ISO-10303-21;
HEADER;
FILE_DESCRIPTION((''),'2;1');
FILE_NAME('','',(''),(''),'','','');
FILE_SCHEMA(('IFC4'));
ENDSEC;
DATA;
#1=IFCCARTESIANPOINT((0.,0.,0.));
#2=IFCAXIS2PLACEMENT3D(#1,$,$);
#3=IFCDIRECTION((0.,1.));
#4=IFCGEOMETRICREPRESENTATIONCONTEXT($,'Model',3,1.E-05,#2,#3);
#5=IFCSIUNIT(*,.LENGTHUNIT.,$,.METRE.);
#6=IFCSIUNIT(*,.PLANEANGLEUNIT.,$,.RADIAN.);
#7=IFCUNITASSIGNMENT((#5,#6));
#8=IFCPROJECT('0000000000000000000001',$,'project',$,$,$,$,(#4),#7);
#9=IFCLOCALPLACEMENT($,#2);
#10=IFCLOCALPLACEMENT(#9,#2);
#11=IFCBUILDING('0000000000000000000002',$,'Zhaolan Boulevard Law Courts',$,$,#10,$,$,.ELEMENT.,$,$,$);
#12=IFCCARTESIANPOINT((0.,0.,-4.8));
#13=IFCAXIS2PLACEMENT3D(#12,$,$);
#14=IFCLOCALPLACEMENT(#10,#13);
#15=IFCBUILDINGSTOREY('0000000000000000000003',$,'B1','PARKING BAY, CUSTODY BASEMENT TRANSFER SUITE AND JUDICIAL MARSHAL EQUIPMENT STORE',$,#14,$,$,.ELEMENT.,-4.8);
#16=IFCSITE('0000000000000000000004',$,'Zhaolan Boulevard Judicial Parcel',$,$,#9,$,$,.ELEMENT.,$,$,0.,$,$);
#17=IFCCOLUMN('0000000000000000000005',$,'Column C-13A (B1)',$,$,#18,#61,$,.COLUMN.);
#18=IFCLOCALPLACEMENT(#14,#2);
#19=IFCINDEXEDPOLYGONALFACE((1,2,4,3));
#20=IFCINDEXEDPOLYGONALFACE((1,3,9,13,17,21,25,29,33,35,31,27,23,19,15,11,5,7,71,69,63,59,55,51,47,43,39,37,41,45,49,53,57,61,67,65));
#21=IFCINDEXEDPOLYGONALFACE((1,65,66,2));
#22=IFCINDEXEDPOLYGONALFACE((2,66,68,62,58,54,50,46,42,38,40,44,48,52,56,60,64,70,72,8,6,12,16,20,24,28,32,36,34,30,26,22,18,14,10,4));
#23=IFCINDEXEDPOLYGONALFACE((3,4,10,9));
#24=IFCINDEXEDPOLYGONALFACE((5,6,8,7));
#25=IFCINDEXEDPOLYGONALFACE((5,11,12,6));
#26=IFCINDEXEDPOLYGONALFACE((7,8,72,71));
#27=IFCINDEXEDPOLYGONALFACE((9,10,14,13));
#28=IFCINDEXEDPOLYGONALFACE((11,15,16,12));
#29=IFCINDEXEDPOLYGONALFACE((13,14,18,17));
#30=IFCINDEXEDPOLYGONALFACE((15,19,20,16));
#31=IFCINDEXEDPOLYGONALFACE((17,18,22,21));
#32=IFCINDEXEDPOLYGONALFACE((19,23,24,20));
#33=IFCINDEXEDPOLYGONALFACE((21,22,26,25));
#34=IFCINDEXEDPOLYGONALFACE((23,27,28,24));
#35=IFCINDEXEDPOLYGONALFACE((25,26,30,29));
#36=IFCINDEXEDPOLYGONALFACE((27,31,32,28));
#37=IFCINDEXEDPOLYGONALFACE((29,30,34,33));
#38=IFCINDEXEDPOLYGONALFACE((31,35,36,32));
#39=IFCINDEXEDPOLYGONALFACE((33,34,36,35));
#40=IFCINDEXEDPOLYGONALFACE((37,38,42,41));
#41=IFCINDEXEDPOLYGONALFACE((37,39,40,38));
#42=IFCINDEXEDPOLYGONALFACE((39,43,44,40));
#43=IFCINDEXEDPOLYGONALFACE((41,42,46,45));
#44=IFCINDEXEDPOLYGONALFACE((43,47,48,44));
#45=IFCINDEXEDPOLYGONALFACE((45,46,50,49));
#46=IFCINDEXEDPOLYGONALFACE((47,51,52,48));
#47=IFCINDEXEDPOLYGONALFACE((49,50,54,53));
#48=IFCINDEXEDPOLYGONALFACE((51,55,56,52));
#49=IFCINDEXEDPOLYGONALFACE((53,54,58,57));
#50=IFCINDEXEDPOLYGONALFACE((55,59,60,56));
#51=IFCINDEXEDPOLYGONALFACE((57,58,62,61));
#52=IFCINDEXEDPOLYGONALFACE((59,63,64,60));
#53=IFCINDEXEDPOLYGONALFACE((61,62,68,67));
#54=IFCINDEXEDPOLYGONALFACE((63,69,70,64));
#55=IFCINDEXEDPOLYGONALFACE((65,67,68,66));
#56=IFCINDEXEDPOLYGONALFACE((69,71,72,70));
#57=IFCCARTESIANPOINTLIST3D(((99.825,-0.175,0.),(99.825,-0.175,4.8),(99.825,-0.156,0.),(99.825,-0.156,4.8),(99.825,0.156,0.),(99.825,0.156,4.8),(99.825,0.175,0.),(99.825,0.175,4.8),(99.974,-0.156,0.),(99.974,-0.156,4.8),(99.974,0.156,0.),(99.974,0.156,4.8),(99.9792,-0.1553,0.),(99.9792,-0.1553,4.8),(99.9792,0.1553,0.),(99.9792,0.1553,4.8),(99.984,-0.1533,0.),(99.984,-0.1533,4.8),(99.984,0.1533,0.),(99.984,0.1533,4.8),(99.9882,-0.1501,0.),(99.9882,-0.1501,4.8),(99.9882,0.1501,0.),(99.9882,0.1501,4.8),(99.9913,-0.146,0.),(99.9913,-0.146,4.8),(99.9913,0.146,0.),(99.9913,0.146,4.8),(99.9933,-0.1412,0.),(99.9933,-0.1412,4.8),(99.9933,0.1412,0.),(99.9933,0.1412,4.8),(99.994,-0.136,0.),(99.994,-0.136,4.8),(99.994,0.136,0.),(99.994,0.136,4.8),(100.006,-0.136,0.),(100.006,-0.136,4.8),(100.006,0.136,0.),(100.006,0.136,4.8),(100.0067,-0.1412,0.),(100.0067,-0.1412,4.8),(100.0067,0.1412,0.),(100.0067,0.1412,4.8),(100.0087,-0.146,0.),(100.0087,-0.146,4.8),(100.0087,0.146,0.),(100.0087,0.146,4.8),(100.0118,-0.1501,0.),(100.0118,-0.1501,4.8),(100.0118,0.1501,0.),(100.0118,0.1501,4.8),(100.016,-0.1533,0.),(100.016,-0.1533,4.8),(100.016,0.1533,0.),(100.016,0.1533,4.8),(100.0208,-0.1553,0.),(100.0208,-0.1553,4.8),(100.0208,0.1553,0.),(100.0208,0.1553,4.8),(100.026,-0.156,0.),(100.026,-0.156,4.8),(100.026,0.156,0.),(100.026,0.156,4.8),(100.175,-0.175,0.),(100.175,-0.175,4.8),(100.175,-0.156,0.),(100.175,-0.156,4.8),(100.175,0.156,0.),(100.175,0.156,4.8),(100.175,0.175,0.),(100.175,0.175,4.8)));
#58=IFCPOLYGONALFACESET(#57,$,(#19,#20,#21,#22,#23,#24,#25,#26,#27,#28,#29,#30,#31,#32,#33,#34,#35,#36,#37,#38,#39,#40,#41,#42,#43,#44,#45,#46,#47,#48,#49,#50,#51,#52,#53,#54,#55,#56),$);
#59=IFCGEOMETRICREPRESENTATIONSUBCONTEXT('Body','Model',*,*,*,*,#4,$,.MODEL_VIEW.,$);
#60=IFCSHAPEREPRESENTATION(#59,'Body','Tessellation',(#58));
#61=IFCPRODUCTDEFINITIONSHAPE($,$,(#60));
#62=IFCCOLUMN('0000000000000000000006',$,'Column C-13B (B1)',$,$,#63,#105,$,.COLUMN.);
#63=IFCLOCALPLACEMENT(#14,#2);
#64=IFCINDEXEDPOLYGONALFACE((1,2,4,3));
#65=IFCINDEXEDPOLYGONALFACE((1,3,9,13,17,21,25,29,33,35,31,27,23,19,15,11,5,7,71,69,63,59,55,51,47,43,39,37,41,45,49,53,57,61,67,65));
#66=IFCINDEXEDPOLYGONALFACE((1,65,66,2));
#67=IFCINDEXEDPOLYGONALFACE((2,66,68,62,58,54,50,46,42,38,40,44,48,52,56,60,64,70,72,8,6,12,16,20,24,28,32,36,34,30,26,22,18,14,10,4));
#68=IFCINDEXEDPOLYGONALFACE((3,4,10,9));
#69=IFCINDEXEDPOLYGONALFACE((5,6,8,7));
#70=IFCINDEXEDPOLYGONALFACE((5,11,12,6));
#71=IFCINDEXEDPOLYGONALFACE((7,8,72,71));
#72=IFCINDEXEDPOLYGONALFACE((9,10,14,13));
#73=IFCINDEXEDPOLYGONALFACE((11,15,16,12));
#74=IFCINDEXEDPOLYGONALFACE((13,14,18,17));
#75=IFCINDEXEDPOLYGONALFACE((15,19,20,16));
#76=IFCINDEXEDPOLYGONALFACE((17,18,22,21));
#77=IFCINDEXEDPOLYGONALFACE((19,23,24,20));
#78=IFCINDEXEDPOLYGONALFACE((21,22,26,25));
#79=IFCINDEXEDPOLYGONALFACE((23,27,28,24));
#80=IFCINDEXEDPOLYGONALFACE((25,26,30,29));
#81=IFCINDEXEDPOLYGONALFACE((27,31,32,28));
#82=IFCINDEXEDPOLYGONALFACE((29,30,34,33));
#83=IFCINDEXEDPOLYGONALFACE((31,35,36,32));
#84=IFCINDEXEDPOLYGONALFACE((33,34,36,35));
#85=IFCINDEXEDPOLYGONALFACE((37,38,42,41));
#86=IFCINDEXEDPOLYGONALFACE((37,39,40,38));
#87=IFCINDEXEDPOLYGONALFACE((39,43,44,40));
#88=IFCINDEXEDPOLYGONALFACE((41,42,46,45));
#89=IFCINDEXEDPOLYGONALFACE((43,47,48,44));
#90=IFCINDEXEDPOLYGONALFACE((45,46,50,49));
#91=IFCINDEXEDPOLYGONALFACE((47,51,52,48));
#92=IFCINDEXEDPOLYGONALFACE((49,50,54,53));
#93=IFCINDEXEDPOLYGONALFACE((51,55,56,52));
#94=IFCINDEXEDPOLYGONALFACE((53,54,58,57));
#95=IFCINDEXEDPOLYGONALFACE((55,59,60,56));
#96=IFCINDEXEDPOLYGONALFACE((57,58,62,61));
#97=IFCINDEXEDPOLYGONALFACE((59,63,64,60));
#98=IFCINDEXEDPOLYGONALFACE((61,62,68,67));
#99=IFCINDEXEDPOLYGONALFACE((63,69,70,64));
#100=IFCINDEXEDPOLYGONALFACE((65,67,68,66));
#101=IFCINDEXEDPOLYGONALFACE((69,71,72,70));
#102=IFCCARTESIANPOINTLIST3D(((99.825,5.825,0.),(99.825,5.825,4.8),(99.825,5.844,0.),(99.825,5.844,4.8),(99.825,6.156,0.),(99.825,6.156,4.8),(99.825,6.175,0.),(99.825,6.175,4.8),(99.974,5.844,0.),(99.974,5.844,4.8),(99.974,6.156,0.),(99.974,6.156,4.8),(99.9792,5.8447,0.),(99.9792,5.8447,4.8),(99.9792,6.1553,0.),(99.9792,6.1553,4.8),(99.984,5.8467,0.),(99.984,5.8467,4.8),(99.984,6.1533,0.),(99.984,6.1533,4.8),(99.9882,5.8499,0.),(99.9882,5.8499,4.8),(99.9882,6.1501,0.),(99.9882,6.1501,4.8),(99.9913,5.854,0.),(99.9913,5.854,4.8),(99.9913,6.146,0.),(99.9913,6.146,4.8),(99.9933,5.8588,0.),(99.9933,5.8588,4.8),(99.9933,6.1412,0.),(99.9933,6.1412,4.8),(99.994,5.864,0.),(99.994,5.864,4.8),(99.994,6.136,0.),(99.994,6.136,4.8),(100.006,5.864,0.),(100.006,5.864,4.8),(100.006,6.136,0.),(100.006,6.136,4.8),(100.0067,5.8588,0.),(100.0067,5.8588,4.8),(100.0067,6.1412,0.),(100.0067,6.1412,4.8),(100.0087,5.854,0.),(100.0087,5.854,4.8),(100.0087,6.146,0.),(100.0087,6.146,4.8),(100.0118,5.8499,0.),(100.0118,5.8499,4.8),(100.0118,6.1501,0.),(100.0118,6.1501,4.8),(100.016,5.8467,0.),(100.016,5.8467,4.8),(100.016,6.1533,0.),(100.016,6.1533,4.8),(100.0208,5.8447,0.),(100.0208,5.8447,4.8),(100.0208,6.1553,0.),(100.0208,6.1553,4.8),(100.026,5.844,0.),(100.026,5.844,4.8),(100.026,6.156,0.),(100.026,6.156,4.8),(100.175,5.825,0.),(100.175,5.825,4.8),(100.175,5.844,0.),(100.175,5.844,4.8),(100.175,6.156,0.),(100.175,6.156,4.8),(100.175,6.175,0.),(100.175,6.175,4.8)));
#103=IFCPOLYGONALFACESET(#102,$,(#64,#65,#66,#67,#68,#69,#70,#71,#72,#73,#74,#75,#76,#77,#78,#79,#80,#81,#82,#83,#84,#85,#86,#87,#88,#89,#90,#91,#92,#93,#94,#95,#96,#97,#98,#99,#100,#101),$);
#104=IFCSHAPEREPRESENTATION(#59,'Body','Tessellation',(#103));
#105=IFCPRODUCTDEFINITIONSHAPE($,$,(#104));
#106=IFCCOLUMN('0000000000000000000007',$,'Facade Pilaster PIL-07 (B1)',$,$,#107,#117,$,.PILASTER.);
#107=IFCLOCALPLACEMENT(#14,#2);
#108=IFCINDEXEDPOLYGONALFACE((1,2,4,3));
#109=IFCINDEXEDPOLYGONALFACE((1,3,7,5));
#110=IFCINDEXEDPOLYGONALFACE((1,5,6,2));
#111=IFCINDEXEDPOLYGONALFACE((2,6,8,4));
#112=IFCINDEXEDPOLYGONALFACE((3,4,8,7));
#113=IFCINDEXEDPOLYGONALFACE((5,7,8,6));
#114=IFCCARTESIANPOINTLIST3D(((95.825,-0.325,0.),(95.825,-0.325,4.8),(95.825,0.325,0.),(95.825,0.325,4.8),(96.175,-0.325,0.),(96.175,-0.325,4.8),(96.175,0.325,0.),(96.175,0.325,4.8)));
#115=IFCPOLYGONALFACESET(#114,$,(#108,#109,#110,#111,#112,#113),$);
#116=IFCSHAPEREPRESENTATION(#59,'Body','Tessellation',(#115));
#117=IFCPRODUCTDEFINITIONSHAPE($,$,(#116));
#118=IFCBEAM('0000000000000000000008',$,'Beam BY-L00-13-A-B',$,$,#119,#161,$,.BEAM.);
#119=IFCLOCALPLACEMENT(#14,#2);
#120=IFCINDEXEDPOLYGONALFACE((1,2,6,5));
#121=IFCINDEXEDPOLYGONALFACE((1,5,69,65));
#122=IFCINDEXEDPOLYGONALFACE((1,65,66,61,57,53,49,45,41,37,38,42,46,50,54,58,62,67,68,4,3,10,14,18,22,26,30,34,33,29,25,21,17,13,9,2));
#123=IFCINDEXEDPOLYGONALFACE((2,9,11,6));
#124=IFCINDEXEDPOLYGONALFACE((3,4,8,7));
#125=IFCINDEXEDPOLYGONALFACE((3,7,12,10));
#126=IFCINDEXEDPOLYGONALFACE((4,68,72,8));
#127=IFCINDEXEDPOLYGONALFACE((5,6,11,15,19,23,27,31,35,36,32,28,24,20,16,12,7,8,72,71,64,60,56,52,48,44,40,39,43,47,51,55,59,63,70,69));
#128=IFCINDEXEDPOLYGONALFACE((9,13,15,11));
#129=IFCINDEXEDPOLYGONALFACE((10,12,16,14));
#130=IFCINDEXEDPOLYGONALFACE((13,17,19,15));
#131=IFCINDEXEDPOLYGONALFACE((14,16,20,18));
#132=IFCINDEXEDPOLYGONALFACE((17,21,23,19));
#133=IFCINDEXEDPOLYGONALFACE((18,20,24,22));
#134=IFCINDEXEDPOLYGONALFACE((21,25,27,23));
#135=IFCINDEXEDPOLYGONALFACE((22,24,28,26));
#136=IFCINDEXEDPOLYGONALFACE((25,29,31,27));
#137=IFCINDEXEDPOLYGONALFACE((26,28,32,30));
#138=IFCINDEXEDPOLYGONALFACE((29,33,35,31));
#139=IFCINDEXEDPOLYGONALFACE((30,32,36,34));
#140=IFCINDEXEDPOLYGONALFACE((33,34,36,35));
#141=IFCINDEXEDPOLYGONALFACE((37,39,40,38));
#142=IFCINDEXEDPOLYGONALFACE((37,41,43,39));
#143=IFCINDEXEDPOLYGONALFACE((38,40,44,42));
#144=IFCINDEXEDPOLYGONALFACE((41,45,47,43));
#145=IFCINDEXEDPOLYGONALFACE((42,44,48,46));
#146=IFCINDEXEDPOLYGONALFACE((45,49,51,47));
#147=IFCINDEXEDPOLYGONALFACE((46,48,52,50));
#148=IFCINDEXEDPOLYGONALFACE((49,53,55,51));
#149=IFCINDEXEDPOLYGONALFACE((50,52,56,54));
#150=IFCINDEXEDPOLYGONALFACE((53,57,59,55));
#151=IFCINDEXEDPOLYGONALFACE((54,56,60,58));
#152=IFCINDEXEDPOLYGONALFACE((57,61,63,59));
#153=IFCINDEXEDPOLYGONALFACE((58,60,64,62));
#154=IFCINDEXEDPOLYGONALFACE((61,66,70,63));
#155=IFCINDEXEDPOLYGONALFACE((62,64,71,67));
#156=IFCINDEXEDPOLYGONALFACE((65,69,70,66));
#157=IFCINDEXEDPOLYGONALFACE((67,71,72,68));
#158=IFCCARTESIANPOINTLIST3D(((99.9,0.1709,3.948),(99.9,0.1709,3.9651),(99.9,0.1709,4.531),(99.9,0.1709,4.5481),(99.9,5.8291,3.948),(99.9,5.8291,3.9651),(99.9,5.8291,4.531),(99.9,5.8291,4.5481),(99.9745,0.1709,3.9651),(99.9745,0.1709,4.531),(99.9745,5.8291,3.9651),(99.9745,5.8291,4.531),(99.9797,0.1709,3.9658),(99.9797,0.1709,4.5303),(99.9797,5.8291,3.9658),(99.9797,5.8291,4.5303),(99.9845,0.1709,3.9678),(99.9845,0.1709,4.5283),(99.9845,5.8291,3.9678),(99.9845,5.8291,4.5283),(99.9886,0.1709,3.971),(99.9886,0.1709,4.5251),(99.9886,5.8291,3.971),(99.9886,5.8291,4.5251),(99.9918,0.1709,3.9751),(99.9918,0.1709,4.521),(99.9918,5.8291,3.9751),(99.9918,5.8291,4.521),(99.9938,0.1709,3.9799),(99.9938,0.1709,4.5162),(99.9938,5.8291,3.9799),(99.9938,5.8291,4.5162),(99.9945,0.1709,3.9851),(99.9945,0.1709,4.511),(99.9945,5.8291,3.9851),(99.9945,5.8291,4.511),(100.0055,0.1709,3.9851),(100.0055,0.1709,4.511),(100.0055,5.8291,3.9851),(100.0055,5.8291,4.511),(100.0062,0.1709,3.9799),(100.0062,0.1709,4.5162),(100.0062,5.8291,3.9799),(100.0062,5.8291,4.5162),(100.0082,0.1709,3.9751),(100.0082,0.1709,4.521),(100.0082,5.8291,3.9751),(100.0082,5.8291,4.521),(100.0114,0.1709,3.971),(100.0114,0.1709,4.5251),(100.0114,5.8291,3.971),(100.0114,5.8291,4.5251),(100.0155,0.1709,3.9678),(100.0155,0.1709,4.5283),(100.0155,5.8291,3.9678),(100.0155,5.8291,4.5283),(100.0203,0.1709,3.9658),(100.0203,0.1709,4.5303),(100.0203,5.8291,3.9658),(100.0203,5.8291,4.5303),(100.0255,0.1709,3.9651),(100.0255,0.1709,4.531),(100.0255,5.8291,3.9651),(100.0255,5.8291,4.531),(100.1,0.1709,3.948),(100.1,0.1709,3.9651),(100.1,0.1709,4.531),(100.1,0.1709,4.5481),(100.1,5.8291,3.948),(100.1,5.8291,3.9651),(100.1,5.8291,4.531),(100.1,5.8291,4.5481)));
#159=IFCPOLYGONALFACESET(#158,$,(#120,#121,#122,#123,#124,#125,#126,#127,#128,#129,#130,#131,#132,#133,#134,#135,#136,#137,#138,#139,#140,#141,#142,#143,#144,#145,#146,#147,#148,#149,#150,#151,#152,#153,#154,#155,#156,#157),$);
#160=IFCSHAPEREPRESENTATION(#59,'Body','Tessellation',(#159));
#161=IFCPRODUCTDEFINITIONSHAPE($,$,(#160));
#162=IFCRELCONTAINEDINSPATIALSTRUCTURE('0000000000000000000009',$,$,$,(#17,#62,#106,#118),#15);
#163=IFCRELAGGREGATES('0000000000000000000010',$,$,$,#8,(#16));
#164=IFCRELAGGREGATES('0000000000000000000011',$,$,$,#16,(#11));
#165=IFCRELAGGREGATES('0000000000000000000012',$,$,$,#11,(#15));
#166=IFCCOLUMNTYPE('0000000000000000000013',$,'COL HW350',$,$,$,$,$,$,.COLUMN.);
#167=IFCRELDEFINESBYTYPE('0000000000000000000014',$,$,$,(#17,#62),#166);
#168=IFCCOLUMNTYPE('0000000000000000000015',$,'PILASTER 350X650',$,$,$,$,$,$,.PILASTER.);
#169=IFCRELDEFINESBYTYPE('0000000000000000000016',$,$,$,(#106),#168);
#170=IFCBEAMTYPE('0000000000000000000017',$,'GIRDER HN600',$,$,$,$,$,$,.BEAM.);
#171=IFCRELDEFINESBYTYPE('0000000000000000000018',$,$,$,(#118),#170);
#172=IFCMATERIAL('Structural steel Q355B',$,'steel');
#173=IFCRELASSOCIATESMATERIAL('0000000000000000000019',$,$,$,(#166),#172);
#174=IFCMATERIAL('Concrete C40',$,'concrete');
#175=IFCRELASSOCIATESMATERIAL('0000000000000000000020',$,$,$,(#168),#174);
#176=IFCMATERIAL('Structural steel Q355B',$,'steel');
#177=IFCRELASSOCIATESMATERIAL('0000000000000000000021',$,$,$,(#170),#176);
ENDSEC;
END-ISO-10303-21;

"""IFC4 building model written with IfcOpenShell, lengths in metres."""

from ifc_helpers import new_model, si_unit, direction, frame, origin, origin_2d, place, context, subcontext, project, spatial, rectangle, i_section, extrude, material, material_profile, profile_set, type_object, element, save


model = new_model("IFC4")

# Units and contexts
model_context = context("Model", 3, precision=1e-05, world=origin(), true_north=direction((0.0, 1.0)))
body_context = subcontext(model_context, "Body", "Model", "MODEL_VIEW")
ifc_project = project(units=[si_unit("LENGTHUNIT", "METRE"), si_unit("PLANEANGLEUNIT", "RADIAN")], contexts=[model_context])

# Site, building, storey
site_placement = place(None, origin())
site = spatial("IfcSite", under=ifc_project, at=site_placement, Name="Zhaolan Boulevard Judicial Parcel", CompositionType="ELEMENT", RefElevation=0.0)
building_placement = place(site_placement, origin())
building = spatial("IfcBuilding", under=site, at=building_placement, Name="Zhaolan Boulevard Law Courts", CompositionType="ELEMENT")
storey_placement = place(building_placement, frame((0.0, 0.0, -4.8)))
storey = spatial("IfcBuildingStorey", under=building, at=storey_placement, Name="B1", Description="PARKING BAY, CUSTODY BASEMENT TRANSFER SUITE AND JUDICIAL MARSHAL EQUIPMENT STORE", CompositionType="ELEMENT", Elevation=-4.8)

# Columns
ifc_material_1 = material(Name="Structural steel Q355B", Category="steel")
ifc_material_profile_1 = material_profile(ifc_material_1, i_section(OverallWidth=0.3501, OverallDepth=0.3501, WebThickness=0.012, FlangeThickness=0.019, FilletRadius=0.02, at=origin_2d()), Name="HW350x350")
ifc_profile_set_1 = profile_set([ifc_material_profile_1], Name="Structural steel Q355B")
column_type_1 = type_object("IfcColumnType", Name="COL HW350", PredefinedType="COLUMN", material=ifc_profile_set_1)
for number, where, z_axis, x_axis, name in (
    (1, (100.0, 0.0, 0.0), (0.0, 0.0, 1.0), (1.0, 0.0, 0.0), "Column C-13A (B1)"),
    (2, (100.0, 6.0, 0.0), (0.0, 0.0, 1.0), (1.0, 0.0, 0.0), "Column C-13B (B1)"),
):
    element("IfcColumn", number, at=place(storey_placement, frame(where, z_axis=z_axis, x_axis=x_axis)), inside=storey, type_object=column_type_1, Name=name, PredefinedType="COLUMN", context=body_context, shape_type="SweptSolid", body=[
        extrude(i_section(OverallWidth=0.3501, OverallDepth=0.3501, WebThickness=0.012, FlangeThickness=0.019, FilletRadius=0.02, at=origin_2d()), origin(), (0.0, 0.0, 1.0), 4.8),
    ])
ifc_material_2 = material(Name="Concrete C40", Category="concrete")
ifc_material_profile_2 = material_profile(ifc_material_2, rectangle(XDim=0.3501, YDim=0.6499, at=origin_2d()), Name="RC350x650")
ifc_profile_set_2 = profile_set([ifc_material_profile_2], Name="Concrete C40")
column_type_2 = type_object("IfcColumnType", Name="PILASTER 350X650", PredefinedType="PILASTER", material=ifc_profile_set_2)
column_1_placement = place(storey_placement, frame((96.0, 0.0, 0.0), z_axis=(0.0, 0.0, 1.0), x_axis=(1.0, 0.0, 0.0)))
element("IfcColumn", 3, at=column_1_placement, inside=storey, type_object=column_type_2, Name="Facade Pilaster PIL-07 (B1)", PredefinedType="PILASTER", context=body_context, shape_type="SweptSolid", body=[
    extrude(rectangle(XDim=0.3501, YDim=0.6499, at=origin_2d()), origin(), (0.0, 0.0, 1.0), 4.8),
])

# Beam
ifc_material_3 = material(Name="Structural steel Q355B", Category="steel")
ifc_material_profile_3 = material_profile(ifc_material_3, i_section(OverallWidth=0.2, OverallDepth=0.6001, WebThickness=0.011, FlangeThickness=0.0171, FilletRadius=0.02, at=origin_2d()), Name="HN600x200")
ifc_profile_set_3 = profile_set([ifc_material_profile_3], Name="Structural steel Q355B")
beam_type_1 = type_object("IfcBeamType", Name="GIRDER HN600", PredefinedType="BEAM", material=ifc_profile_set_3)
beam_1_placement = place(storey_placement, frame((100.0, 0.1709, 4.248), z_axis=(0.0, 1.0, 0.0), x_axis=(-1.0, 0.0, 0.0)))
element("IfcBeam", 4, at=beam_1_placement, inside=storey, type_object=beam_type_1, Name="Beam BY-L00-13-A-B", PredefinedType="BEAM", context=body_context, shape_type="SweptSolid", body=[
    extrude(i_section(OverallWidth=0.2, OverallDepth=0.6001, WebThickness=0.011, FlangeThickness=0.0171, FilletRadius=0.02, at=origin_2d()), origin(), (0.0, 0.0, 1.0), 5.6582),
])

save(model, "model.ifc")
